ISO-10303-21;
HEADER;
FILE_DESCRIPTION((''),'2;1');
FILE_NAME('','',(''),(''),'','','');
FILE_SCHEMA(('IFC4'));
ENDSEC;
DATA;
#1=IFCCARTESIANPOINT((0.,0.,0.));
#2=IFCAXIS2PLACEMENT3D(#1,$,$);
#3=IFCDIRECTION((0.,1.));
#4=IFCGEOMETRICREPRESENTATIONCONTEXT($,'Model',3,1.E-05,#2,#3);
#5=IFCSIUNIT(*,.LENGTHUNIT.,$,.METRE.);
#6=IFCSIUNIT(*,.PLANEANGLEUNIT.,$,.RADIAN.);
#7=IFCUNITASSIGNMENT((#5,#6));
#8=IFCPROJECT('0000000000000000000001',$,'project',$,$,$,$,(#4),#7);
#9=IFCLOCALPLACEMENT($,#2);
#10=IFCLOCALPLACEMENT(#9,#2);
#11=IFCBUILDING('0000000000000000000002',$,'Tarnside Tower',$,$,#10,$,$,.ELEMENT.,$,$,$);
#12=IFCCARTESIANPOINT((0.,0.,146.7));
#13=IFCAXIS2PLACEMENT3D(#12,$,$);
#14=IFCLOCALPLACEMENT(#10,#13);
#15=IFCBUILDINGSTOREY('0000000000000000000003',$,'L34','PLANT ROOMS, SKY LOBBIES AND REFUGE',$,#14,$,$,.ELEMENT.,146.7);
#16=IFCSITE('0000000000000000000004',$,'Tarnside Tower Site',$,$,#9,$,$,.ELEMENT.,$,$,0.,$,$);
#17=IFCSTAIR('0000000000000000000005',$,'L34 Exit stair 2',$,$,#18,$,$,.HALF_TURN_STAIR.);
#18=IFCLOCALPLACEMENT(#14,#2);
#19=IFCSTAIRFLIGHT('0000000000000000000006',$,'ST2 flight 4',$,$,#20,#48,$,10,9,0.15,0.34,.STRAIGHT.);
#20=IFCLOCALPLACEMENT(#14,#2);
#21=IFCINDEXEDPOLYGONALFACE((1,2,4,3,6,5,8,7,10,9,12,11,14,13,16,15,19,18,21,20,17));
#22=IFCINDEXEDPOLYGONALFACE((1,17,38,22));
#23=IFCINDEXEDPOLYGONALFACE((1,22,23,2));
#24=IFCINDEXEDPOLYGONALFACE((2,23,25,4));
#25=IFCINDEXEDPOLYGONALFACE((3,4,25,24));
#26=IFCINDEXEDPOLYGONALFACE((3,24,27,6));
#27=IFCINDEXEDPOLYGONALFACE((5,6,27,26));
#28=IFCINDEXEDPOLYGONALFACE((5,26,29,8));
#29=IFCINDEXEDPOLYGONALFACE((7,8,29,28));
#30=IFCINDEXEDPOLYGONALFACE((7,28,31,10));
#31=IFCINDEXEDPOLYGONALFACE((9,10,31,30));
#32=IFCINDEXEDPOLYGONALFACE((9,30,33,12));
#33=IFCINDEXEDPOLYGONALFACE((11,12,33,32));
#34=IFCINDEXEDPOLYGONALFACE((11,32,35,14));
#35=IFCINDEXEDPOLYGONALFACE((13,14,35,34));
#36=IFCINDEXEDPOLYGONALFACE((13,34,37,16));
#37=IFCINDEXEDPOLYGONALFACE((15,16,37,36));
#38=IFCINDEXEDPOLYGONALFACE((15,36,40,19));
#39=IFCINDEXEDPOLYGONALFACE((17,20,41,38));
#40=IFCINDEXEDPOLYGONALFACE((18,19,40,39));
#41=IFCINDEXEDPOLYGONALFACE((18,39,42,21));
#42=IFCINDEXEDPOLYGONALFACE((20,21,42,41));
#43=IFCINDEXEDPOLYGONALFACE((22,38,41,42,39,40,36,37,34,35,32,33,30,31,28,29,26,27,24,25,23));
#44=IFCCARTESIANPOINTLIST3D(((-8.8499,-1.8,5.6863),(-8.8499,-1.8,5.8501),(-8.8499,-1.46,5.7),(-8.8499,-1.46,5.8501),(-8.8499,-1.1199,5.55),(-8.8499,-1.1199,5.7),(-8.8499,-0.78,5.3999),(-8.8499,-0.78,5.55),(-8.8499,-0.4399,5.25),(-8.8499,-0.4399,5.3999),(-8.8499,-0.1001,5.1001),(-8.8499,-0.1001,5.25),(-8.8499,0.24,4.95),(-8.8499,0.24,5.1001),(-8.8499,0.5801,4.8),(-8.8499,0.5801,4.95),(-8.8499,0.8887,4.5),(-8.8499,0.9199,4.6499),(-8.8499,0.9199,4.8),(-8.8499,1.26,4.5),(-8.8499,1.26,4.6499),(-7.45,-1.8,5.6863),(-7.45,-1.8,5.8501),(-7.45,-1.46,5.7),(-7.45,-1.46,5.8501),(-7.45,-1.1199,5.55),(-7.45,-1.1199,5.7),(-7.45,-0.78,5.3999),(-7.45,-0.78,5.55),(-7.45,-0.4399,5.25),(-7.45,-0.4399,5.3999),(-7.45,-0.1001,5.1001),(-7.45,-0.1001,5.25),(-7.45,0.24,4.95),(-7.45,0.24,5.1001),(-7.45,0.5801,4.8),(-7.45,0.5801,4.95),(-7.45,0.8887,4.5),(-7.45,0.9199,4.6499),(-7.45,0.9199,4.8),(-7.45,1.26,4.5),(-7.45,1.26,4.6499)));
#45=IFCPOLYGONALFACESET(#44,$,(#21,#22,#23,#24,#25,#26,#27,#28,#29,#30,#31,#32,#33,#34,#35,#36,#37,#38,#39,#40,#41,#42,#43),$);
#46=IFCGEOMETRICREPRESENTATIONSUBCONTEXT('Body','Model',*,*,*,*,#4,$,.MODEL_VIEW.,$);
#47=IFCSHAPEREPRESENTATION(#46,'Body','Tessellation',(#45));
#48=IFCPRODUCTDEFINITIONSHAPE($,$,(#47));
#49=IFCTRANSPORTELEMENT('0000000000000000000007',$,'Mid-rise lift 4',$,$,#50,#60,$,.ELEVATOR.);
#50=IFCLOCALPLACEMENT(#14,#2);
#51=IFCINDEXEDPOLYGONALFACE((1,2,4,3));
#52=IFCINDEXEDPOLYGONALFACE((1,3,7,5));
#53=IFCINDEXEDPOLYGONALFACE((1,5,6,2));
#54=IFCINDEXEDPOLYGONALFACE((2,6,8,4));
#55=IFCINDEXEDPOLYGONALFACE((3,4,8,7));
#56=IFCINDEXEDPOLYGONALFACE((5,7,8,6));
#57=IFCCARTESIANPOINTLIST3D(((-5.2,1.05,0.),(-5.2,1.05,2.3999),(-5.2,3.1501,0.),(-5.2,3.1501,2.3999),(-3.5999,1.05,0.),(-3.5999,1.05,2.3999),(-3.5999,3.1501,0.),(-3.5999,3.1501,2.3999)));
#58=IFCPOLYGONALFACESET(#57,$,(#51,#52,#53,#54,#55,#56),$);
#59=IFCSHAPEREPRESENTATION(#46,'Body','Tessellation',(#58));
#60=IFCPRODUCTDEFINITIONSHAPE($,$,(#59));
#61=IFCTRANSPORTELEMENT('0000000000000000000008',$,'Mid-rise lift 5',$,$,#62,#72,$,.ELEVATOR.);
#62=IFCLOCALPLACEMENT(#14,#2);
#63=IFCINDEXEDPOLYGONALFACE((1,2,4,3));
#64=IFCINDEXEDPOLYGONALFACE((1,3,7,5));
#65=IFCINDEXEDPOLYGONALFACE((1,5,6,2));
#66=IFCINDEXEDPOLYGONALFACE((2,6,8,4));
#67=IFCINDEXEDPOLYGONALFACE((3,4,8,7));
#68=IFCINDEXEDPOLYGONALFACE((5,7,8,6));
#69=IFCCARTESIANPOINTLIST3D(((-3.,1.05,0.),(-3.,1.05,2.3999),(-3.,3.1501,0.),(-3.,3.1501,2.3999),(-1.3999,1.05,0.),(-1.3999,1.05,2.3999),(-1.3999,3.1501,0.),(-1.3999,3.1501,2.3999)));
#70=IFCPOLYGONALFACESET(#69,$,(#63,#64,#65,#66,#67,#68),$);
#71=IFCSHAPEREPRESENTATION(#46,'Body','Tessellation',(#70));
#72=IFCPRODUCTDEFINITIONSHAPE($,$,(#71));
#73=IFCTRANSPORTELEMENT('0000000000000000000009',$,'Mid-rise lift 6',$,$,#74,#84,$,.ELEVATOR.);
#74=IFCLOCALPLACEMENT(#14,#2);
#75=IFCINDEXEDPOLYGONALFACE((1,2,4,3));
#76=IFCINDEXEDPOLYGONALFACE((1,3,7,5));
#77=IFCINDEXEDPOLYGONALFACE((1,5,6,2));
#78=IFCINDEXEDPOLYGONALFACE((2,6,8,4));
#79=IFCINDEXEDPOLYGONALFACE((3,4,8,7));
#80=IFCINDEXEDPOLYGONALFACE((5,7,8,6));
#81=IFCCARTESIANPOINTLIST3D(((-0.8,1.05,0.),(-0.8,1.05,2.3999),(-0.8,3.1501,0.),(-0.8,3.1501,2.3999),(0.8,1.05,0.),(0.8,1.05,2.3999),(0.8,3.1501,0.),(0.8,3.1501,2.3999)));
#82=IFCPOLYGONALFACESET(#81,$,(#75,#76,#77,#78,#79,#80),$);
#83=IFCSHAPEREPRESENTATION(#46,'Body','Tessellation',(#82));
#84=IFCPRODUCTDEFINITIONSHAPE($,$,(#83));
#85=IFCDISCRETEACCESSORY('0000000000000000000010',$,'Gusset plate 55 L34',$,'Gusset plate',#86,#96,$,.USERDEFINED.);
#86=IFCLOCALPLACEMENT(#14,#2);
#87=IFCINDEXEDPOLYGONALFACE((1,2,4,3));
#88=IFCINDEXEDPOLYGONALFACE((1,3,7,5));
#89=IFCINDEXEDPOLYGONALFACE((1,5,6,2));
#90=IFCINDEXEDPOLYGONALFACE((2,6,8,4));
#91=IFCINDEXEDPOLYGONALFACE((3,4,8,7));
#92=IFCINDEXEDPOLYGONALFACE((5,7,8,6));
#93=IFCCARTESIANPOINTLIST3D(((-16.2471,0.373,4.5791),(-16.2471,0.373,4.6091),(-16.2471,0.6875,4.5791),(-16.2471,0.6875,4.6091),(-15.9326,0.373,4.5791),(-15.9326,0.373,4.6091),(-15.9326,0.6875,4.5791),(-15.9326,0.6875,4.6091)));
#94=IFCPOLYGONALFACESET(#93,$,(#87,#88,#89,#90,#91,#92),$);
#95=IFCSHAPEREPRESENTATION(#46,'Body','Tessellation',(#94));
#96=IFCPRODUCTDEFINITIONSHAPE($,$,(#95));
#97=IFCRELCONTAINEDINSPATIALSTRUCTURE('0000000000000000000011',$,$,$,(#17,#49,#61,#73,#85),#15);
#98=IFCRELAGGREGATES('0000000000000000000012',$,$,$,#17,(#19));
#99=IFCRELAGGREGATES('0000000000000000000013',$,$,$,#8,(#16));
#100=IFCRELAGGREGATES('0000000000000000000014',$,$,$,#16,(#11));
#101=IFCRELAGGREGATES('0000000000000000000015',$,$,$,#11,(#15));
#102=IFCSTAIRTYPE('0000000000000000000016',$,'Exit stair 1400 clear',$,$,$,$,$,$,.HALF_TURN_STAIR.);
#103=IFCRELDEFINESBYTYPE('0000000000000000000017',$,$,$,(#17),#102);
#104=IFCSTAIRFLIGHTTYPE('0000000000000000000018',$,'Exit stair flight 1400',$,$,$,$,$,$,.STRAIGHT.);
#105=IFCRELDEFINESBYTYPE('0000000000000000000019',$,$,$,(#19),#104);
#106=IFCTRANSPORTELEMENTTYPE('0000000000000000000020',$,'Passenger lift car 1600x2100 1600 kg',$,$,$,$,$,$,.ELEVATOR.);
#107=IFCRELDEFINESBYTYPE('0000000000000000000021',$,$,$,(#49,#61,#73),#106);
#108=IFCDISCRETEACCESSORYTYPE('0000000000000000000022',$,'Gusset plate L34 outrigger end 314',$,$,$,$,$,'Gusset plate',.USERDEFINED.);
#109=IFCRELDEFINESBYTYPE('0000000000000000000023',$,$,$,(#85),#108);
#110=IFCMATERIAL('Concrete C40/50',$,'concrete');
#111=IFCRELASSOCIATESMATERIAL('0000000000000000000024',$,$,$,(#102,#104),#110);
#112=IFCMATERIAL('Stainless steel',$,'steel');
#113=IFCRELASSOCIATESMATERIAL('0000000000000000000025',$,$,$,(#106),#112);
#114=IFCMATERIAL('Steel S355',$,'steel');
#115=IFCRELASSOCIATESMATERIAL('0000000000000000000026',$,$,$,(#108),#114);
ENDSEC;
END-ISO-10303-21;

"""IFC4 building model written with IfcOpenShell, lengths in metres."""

from ifc_helpers import new_model, si_unit, direction, frame, origin, origin_2d, place, context, subcontext, project, spatial, polyline, rectangle, outline, extrude, material, type_object, element, aggregate, save


model = new_model("IFC4")

# Units and contexts
model_context = context("Model", 3, precision=1e-05, world=origin(), true_north=direction((0.0, 1.0)))
body_context = subcontext(model_context, "Body", "Model", "MODEL_VIEW")
ifc_project = project(units=[si_unit("LENGTHUNIT", "METRE"), si_unit("PLANEANGLEUNIT", "RADIAN")], contexts=[model_context])

# Site, building, storey
site_placement = place(None, origin())
site = spatial("IfcSite", under=ifc_project, at=site_placement, Name="Tarnside Tower Site", CompositionType="ELEMENT", RefElevation=0.0)
building_placement = place(site_placement, origin())
building = spatial("IfcBuilding", under=site, at=building_placement, Name="Tarnside Tower", CompositionType="ELEMENT")
storey_placement = place(building_placement, frame((0.0, 0.0, 146.7)))
storey = spatial("IfcBuildingStorey", under=building, at=storey_placement, Name="L34", Description="PLANT ROOMS, SKY LOBBIES AND REFUGE", CompositionType="ELEMENT", Elevation=146.7)

# Shared definitions
ifc_material_1 = material(Name="Concrete C40/50", Category="concrete")
ifc_material_2 = material(Name="Stainless steel", Category="steel")

# Stair, stair flight
stair_type = type_object("IfcStairType", Name="Exit stair 1400 clear", PredefinedType="HALF_TURN_STAIR", material=ifc_material_1)
stair_placement = place(storey_placement, origin())
stair = element("IfcStair", 1, at=stair_placement, inside=storey, type_object=stair_type, Name="L34 Exit stair 2", PredefinedType="HALF_TURN_STAIR")
stair_flight_type = type_object("IfcStairFlightType", Name="Exit stair flight 1400", PredefinedType="STRAIGHT", material=ifc_material_1)
stair_flight_1_placement = place(storey_placement, frame((-8.1499, 1.26, 4.5), z_axis=(0.0, 0.0, 1.0), x_axis=(0.0, -1.0, 0.0)))
stair_flight_1 = element("IfcStairFlight", 2, at=stair_flight_1_placement, type_object=stair_flight_type, Name="ST2 flight 4", NumberOfRisers=10, NumberOfTreads=9, PredefinedType="STRAIGHT", RiserHeight=0.15, TreadLength=0.34, context=body_context, shape_type="SweptSolid", body=[
    extrude(outline(polyline([(0.0, 0.0), (0.0, 0.1499), (0.3401, 0.1499), (0.3401, 0.3), (0.6799, 0.3), (0.6799, 0.45), (1.02, 0.45), (1.02, 0.6001), (1.3601, 0.6001), (1.3601, 0.75), (1.7, 0.75), (1.7, 0.8999), (2.04, 0.8999), (2.04, 1.05), (2.3799, 1.05), (2.3799, 1.2), (2.72, 1.2), (2.72, 1.3501), (3.0601, 1.3501), (3.0601, 1.5), (3.0601, 1.1863), (0.3713, 0.0), (0.0, 0.0)])), frame((0.0, 0.7, 0.0), z_axis=(0.0, -1.0, 0.0), x_axis=(1.0, 0.0, 0.0)), (0.0, 0.0, 1.0), 1.3999),
])
aggregate(stair, [stair_flight_1])

# Transport elements
transport_element_type = type_object("IfcTransportElementType", Name="Passenger lift car 1600x2100 1600 kg", PredefinedType="ELEVATOR", material=ifc_material_2)
for number, where, z_axis, x_axis, name in (
    (3, (-4.3999, 2.1001, 0.0), (0.0, 0.0, 1.0), (1.0, 0.0, 0.0), "Mid-rise lift 4"),
    (4, (-2.2, 2.1001, 0.0), (0.0, 0.0, 1.0), (1.0, 0.0, 0.0), "Mid-rise lift 5"),
    (5, (0.0, 2.1001, 0.0), (0.0, 0.0, 1.0), (1.0, 0.0, 0.0), "Mid-rise lift 6"),
):
    element("IfcTransportElement", number, at=place(storey_placement, frame(where, z_axis=z_axis, x_axis=x_axis)), inside=storey, type_object=transport_element_type, Name=name, PredefinedType="ELEVATOR", context=body_context, shape_type="SweptSolid", body=[
        extrude(rectangle(XDim=1.6001, YDim=2.1001, at=origin_2d()), origin(), (0.0, 0.0, 1.0), 2.3999),
    ])

# Discrete accessory
ifc_material_3 = material(Name="Steel S355", Category="steel")
discrete_accessory_type = type_object("IfcDiscreteAccessoryType", Name="Gusset plate L34 outrigger end 314", ElementType="Gusset plate", PredefinedType="USERDEFINED", material=ifc_material_3)
discrete_accessory_placement = place(storey_placement, frame((-16.0898, 0.5303, 4.5791), z_axis=(0.0, 0.0, 1.0), x_axis=(1.0, 0.0, 0.0)))
element("IfcDiscreteAccessory", 6, at=discrete_accessory_placement, inside=storey, type_object=discrete_accessory_type, Name="Gusset plate 55 L34", ObjectType="Gusset plate", PredefinedType="USERDEFINED", context=body_context, shape_type="SweptSolid", body=[
    extrude(rectangle(XDim=0.3145, YDim=0.3145, at=origin_2d()), origin(), (0.0, 0.0, 1.0), 0.03),
])

save(model, "model.ifc")
